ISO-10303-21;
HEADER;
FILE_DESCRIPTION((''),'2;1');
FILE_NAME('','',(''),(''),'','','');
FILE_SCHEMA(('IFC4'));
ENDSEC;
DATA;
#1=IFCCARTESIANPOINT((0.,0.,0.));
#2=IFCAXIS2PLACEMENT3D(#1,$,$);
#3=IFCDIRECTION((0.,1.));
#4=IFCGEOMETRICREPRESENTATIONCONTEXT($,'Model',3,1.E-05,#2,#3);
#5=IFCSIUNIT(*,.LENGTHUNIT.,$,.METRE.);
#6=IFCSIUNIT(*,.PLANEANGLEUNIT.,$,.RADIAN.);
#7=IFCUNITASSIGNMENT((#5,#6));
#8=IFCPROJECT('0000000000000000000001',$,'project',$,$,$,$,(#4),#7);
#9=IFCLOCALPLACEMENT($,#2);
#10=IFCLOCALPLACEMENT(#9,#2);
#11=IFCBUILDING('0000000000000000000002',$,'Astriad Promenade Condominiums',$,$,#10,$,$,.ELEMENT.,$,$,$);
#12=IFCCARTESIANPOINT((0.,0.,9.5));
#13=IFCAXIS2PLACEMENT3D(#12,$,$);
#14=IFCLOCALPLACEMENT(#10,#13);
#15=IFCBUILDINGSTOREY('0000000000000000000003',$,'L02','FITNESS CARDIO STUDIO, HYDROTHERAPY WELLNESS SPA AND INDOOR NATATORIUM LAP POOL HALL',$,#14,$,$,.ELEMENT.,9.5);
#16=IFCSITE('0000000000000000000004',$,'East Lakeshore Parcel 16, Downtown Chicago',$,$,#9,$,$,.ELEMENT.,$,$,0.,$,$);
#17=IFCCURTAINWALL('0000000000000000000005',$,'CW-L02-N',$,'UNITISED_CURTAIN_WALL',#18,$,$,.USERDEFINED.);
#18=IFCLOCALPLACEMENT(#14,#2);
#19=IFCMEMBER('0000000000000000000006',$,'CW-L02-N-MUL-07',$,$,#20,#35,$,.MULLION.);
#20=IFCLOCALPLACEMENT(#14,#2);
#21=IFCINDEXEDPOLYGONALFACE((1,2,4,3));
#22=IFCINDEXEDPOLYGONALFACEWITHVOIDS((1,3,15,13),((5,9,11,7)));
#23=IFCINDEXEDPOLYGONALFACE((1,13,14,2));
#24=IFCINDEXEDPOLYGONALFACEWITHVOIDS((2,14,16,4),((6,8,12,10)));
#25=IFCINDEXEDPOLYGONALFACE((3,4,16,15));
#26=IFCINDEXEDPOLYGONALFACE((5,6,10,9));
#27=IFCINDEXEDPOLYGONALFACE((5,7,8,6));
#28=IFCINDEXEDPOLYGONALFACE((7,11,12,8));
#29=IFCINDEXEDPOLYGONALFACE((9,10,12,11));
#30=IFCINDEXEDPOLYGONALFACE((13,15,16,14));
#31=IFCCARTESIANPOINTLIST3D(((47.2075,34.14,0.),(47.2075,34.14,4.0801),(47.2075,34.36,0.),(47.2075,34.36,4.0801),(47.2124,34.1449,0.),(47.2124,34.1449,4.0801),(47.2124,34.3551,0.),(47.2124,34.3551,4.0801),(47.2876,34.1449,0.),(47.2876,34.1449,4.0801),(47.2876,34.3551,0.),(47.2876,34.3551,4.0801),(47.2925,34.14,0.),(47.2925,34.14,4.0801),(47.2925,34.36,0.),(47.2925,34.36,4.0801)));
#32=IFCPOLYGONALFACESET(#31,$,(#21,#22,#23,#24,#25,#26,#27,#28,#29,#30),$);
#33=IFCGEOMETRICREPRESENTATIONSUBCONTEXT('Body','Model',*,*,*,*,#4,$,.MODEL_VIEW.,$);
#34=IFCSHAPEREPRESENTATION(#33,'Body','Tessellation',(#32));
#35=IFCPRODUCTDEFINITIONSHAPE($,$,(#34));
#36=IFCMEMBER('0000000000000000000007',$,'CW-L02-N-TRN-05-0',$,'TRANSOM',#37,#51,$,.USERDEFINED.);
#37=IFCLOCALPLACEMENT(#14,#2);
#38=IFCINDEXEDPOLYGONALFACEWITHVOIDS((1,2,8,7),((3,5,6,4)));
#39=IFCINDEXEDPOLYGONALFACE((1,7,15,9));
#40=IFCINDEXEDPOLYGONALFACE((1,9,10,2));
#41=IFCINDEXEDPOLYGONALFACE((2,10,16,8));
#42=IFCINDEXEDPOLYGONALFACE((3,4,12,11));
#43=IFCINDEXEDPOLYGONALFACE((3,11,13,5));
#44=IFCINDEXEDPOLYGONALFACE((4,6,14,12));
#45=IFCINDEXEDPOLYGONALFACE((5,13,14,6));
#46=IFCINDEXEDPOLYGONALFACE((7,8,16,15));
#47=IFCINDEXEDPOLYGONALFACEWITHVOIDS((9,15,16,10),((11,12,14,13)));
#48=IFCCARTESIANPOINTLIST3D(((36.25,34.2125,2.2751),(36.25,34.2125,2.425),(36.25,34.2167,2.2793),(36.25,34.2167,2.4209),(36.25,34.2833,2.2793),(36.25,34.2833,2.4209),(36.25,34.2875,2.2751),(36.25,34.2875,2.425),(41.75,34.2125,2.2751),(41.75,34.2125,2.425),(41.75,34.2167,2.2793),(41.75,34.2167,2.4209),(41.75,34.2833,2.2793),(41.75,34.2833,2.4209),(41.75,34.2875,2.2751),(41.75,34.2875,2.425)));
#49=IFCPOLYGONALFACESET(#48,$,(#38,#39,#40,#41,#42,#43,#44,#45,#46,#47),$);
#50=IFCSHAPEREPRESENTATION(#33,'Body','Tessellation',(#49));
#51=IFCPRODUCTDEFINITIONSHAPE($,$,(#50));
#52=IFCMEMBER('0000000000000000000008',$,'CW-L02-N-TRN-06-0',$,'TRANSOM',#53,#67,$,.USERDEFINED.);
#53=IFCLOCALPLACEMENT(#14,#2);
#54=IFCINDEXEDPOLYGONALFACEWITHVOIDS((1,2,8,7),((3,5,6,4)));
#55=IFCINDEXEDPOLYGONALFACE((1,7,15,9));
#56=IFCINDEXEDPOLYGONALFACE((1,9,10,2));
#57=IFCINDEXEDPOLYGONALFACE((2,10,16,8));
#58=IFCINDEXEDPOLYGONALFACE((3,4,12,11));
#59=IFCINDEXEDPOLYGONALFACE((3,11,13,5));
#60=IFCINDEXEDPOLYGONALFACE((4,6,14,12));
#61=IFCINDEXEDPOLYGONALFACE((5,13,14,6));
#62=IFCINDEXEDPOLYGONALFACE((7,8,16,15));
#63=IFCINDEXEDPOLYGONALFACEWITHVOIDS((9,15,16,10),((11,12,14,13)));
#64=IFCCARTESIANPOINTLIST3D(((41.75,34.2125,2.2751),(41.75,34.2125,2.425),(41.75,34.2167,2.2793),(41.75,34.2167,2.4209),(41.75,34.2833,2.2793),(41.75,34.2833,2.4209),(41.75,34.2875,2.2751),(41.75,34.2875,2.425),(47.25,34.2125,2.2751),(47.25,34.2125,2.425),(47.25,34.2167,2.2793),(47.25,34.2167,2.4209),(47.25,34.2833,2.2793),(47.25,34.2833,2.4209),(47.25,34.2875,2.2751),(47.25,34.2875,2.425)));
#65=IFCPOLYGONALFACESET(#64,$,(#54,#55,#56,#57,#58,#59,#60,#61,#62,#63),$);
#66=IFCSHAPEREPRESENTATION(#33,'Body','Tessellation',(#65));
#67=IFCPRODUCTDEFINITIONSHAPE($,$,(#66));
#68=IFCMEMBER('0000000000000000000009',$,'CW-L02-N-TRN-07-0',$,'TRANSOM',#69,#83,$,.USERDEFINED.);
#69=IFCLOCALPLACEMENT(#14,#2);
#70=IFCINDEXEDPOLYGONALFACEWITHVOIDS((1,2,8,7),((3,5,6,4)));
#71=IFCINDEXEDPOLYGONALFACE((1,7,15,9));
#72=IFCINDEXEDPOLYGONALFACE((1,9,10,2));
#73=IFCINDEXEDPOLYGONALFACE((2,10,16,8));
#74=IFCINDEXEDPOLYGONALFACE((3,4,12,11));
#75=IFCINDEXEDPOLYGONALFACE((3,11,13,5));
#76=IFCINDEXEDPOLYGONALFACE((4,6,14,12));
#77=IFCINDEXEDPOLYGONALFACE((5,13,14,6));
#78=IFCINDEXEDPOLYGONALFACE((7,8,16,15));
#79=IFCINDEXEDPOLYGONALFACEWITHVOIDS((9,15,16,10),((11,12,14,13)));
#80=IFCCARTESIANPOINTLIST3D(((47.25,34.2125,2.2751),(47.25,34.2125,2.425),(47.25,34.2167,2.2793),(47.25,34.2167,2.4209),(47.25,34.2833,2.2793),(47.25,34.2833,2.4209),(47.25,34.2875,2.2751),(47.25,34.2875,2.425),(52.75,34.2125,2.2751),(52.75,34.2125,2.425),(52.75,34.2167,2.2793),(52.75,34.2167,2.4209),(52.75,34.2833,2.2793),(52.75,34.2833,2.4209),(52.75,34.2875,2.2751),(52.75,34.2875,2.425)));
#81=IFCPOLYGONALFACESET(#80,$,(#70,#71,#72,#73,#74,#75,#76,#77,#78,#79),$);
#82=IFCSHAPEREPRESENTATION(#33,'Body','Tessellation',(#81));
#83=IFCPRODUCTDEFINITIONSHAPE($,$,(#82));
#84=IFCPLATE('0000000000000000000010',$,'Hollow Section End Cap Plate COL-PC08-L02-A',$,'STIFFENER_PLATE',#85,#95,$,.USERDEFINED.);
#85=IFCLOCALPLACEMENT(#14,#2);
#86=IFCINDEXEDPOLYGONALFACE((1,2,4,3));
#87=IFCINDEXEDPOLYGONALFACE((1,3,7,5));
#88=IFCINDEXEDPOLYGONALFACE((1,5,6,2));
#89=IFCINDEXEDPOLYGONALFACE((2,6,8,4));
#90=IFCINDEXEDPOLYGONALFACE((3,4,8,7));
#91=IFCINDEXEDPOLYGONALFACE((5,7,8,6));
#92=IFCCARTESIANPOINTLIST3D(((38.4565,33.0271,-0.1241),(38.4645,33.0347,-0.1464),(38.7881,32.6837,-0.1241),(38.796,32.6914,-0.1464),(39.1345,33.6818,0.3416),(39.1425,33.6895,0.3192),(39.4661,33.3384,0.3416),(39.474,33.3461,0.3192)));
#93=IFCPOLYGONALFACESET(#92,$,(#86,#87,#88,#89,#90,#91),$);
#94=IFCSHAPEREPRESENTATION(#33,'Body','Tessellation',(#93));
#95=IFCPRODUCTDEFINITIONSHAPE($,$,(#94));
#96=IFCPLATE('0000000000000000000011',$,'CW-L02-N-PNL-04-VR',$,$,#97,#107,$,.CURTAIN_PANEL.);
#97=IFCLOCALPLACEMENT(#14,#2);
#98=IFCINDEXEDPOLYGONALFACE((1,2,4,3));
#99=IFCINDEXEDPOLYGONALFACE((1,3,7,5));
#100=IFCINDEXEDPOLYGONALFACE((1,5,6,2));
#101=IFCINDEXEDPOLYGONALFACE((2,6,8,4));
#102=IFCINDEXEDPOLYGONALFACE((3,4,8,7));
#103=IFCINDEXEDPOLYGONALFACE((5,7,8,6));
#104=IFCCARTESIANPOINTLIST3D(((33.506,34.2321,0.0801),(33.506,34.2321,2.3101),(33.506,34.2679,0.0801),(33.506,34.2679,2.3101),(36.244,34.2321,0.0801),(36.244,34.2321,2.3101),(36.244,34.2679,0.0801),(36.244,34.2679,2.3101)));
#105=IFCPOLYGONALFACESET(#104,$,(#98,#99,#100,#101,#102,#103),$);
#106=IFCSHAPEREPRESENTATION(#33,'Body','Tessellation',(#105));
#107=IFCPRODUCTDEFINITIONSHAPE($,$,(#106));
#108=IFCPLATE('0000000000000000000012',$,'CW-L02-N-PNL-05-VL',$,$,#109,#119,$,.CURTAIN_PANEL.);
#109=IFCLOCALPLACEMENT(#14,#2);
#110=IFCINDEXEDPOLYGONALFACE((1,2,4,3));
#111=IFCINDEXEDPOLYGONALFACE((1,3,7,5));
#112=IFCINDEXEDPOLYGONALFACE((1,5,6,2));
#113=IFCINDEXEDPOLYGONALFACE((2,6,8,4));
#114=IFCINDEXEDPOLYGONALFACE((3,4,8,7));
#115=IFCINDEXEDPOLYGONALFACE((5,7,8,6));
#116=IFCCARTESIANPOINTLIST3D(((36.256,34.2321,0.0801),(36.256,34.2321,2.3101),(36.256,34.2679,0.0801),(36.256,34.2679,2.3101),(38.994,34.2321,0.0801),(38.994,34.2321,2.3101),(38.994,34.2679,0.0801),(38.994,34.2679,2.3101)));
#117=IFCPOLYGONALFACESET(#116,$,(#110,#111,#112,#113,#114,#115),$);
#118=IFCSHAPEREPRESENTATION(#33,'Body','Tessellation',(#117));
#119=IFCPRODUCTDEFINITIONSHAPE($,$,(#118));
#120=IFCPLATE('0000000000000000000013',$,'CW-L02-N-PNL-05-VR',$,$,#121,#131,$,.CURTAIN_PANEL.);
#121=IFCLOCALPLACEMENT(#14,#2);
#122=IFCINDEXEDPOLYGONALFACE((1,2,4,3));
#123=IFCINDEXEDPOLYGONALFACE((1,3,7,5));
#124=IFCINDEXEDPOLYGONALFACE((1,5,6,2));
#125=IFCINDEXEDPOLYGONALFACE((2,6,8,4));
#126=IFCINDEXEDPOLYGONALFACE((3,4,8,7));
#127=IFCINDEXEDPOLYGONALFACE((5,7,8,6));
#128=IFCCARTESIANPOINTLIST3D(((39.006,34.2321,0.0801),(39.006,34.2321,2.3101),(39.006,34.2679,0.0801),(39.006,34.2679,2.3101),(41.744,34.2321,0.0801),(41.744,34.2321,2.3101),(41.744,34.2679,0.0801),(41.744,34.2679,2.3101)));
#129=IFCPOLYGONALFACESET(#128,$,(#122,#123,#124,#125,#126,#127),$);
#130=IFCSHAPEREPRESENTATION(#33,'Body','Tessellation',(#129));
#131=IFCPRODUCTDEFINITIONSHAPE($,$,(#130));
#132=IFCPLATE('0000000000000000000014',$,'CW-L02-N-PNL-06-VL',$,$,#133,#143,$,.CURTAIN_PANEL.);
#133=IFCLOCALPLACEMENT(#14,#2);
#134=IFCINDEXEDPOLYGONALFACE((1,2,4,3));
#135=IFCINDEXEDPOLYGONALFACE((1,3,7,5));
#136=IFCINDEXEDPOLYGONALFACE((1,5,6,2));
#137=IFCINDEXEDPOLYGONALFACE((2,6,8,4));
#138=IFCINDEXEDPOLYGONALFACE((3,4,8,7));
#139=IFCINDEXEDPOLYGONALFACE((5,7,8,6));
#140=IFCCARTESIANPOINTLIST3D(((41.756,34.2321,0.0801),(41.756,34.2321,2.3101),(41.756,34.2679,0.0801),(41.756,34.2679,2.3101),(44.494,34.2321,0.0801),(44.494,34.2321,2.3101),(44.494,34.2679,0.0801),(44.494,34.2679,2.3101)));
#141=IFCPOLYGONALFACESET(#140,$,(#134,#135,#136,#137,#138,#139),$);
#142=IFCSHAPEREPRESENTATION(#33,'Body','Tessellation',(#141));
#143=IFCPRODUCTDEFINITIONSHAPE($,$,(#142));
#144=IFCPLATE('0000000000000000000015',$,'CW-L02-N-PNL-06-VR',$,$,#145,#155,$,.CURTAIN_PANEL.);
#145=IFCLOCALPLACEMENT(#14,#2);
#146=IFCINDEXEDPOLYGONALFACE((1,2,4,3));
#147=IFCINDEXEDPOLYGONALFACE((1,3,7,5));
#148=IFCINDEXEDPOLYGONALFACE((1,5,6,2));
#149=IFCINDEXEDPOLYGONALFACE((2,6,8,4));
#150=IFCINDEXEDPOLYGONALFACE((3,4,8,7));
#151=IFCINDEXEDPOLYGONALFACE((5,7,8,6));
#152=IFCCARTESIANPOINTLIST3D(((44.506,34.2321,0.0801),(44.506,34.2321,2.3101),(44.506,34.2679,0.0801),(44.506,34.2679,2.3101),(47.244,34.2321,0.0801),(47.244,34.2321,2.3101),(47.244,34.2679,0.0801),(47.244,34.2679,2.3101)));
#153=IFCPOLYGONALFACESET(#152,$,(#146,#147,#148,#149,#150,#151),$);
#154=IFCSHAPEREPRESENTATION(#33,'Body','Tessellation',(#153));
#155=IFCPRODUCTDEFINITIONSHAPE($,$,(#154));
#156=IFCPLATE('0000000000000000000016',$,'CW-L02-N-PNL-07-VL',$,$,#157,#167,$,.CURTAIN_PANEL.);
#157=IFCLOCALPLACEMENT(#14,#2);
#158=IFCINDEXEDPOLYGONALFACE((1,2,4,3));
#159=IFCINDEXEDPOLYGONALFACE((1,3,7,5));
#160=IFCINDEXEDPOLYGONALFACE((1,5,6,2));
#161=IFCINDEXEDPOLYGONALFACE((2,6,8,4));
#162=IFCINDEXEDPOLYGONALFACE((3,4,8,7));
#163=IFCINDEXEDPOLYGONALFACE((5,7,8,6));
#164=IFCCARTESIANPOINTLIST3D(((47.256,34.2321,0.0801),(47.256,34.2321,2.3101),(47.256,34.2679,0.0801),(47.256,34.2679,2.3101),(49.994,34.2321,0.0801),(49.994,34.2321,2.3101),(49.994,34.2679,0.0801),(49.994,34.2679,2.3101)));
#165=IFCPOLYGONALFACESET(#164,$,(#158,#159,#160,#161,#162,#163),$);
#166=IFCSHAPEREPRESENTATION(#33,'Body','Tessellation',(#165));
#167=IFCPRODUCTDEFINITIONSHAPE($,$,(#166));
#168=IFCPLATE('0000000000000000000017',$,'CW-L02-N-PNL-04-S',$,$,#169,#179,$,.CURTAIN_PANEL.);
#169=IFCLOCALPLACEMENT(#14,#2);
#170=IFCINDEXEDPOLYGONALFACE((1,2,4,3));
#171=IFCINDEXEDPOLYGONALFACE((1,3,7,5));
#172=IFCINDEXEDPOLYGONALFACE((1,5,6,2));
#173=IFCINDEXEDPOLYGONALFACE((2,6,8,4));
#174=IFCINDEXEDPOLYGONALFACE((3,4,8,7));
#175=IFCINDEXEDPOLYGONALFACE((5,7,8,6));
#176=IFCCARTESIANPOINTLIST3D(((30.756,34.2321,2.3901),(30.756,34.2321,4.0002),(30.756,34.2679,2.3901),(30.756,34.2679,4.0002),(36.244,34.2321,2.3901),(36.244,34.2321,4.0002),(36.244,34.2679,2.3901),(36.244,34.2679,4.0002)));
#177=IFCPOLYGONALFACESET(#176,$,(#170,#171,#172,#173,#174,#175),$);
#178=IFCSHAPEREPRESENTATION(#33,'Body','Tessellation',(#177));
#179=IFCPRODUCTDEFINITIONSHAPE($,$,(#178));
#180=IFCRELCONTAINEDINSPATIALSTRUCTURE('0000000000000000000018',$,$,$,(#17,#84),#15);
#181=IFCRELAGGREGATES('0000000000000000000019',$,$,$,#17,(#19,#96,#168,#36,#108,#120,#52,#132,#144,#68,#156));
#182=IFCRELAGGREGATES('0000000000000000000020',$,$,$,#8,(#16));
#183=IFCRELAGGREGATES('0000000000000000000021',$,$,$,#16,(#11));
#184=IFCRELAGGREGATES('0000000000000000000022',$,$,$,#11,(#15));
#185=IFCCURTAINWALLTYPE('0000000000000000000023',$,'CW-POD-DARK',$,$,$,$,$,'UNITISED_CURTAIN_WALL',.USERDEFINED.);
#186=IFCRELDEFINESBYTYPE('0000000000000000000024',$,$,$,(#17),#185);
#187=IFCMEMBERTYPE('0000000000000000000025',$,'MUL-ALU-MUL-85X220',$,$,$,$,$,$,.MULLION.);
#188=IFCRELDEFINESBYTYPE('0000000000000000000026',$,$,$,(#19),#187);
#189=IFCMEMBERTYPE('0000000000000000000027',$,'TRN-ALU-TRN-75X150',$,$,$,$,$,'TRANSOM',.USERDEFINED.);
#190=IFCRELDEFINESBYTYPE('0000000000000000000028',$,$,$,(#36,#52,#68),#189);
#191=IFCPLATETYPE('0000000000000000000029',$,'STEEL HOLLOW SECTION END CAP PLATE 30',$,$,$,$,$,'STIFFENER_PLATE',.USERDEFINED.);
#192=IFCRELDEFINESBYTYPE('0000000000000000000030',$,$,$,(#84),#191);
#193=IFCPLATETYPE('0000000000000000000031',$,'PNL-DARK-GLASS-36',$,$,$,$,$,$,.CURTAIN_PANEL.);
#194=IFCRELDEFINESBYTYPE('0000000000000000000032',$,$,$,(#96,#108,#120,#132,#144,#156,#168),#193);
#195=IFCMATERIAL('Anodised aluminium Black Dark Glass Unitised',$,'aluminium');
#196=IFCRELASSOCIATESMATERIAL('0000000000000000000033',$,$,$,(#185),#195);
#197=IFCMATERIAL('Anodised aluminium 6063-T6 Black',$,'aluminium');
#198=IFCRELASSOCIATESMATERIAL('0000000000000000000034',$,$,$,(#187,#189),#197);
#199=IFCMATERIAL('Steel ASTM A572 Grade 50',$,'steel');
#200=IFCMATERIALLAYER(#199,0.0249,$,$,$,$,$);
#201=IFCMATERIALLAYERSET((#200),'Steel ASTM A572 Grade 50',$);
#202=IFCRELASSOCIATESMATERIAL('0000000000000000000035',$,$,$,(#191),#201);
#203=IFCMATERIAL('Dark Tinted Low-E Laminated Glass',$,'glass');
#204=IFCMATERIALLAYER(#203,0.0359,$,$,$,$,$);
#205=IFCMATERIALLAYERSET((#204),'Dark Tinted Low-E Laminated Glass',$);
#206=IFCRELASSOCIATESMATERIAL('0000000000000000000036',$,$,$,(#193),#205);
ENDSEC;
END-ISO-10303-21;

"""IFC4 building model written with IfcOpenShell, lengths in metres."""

from ifc_helpers import new_model, si_unit, direction, frame, origin, origin_2d, place, context, subcontext, project, spatial, rectangle, hollow_rectangle, extrude, source, transform, mapped, material, layer, layer_set, material_profile, profile_set, type_object, type_shapes, element, aggregate, save


model = new_model("IFC4")

# Units and contexts
model_context = context("Model", 3, precision=1e-05, world=origin(), true_north=direction((0.0, 1.0)))
body_context = subcontext(model_context, "Body", "Model", "MODEL_VIEW")
ifc_project = project(units=[si_unit("LENGTHUNIT", "METRE"), si_unit("PLANEANGLEUNIT", "RADIAN")], contexts=[model_context])

# Site, building, storey
site_placement = place(None, origin())
site = spatial("IfcSite", under=ifc_project, at=site_placement, Name="East Lakeshore Parcel 16, Downtown Chicago", CompositionType="ELEMENT", RefElevation=0.0)
building_placement = place(site_placement, origin())
building = spatial("IfcBuilding", under=site, at=building_placement, Name="Astriad Promenade Condominiums", CompositionType="ELEMENT")
storey_placement = place(building_placement, frame((0.0, 0.0, 9.5)))
storey = spatial("IfcBuildingStorey", under=building, at=storey_placement, Name="L02", Description="FITNESS CARDIO STUDIO, HYDROTHERAPY WELLNESS SPA AND INDOOR NATATORIUM LAP POOL HALL", CompositionType="ELEMENT", Elevation=9.5)

# Curtain wall, members
ifc_material_1 = material(Name="Anodised aluminium Black Dark Glass Unitised", Category="aluminium")
curtain_wall_type = type_object("IfcCurtainWallType", Name="CW-POD-DARK", ElementType="UNITISED_CURTAIN_WALL", PredefinedType="USERDEFINED", material=ifc_material_1)
curtain_wall_placement = place(storey_placement, origin())
curtain_wall = element("IfcCurtainWall", 1, at=curtain_wall_placement, inside=storey, type_object=curtain_wall_type, Name="CW-L02-N", ObjectType="UNITISED_CURTAIN_WALL", PredefinedType="USERDEFINED")
ifc_material_2 = material(Name="Anodised aluminium 6063-T6 Black", Category="aluminium")
ifc_material_profile_1 = material_profile(ifc_material_2, hollow_rectangle(XDim=0.085, YDim=0.22, WallThickness=0.0049, at=origin_2d()), Name="ALU-MUL-85X220")
ifc_profile_set_1 = profile_set([ifc_material_profile_1], Name="Anodised aluminium 6063-T6 Black")
member_type_1 = type_object("IfcMemberType", Name="MUL-ALU-MUL-85X220", PredefinedType="MULLION", material=ifc_profile_set_1)
shared_shape_1 = source(origin(), body_context, "Body", "SweptSolid", [
    extrude(hollow_rectangle(XDim=0.085, YDim=0.22, WallThickness=0.0049, at=origin_2d()), origin(), (0.0, 0.0, 1.0), 4.0801),
])
type_shapes(member_type_1, [shared_shape_1])
member_1_placement = place(storey_placement, frame((47.25, 34.25, 0.0), z_axis=(0.0, 0.0, 1.0), x_axis=(1.0, 0.0, 0.0)))
member_1 = element("IfcMember", 2, at=member_1_placement, type_object=member_type_1, Name="CW-L02-N-MUL-07", PredefinedType="MULLION", context=body_context, shape_type="MappedRepresentation", body=[
    mapped(shared_shape_1, transform((0.0, 0.0, 0.0), scale=1.0)),
])
ifc_material_profile_2 = material_profile(ifc_material_2, hollow_rectangle(XDim=0.075, YDim=0.1499, WallThickness=0.0042, at=origin_2d()), Name="ALU-TRN-75X150")
ifc_profile_set_2 = profile_set([ifc_material_profile_2], Name="Anodised aluminium 6063-T6 Black")
member_type_2 = type_object("IfcMemberType", Name="TRN-ALU-TRN-75X150", ElementType="TRANSOM", PredefinedType="USERDEFINED", material=ifc_profile_set_2)
shared_shape_2 = source(origin(), body_context, "Body", "SweptSolid", [
    extrude(hollow_rectangle(XDim=0.075, YDim=0.1499, WallThickness=0.0042, at=origin_2d()), origin(), (0.0, 0.0, 1.0), 5.5),
])
type_shapes(member_type_2, [shared_shape_2])
member_2_placement = place(storey_placement, frame((36.25, 34.25, 2.3501), z_axis=(1.0, 0.0, 0.0), x_axis=(0.0, 1.0, 0.0)))
member_2 = element("IfcMember", 3, at=member_2_placement, type_object=member_type_2, Name="CW-L02-N-TRN-05-0", ObjectType="TRANSOM", PredefinedType="USERDEFINED", context=body_context, shape_type="MappedRepresentation", body=[
    mapped(shared_shape_2, transform((0.0, 0.0, 0.0), scale=1.0)),
])
member_3_placement = place(storey_placement, frame((41.75, 34.25, 2.3501), z_axis=(1.0, 0.0, 0.0), x_axis=(0.0, 1.0, 0.0)))
member_3 = element("IfcMember", 4, at=member_3_placement, type_object=member_type_2, Name="CW-L02-N-TRN-06-0", ObjectType="TRANSOM", PredefinedType="USERDEFINED", context=body_context, shape_type="MappedRepresentation", body=[
    mapped(shared_shape_2, transform((0.0, 0.0, 0.0), scale=1.0)),
])
member_4_placement = place(storey_placement, frame((47.25, 34.25, 2.3501), z_axis=(1.0, 0.0, 0.0), x_axis=(0.0, 1.0, 0.0)))
member_4 = element("IfcMember", 5, at=member_4_placement, type_object=member_type_2, Name="CW-L02-N-TRN-07-0", ObjectType="TRANSOM", PredefinedType="USERDEFINED", context=body_context, shape_type="MappedRepresentation", body=[
    mapped(shared_shape_2, transform((0.0, 0.0, 0.0), scale=1.0)),
])

# Plates
ifc_material_3 = material(Name="Steel ASTM A572 Grade 50", Category="steel")
ifc_layer_1 = layer(ifc_material_3, 0.0249)
ifc_layer_set_1 = layer_set([ifc_layer_1], Name="Steel ASTM A572 Grade 50")
plate_type_1 = type_object("IfcPlateType", Name="STEEL HOLLOW SECTION END CAP PLATE 30", ElementType="STIFFENER_PLATE", PredefinedType="USERDEFINED", material=ifc_layer_set_1)
shared_shape_3 = source(origin(), body_context, "Body", "SweptSolid", [
    extrude(rectangle(XDim=0.4773, YDim=1.0513, at=origin_2d()), origin(), (0.0, 0.0, 1.0), 0.0249),
])
type_shapes(plate_type_1, [shared_shape_3])
plate_1_placement = place(storey_placement, frame((38.9692, 33.1904, 0.0864), z_axis=(-0.318617, -0.30766, 0.896565), x_axis=(0.69463, -0.719367, 0.0)))
element("IfcPlate", 6, at=plate_1_placement, inside=storey, type_object=plate_type_1, Name="Hollow Section End Cap Plate COL-PC08-L02-A", ObjectType="STIFFENER_PLATE", PredefinedType="USERDEFINED", context=body_context, shape_type="MappedRepresentation", body=[
    mapped(shared_shape_3, transform((0.0, 0.0, 0.0), scale=1.0)),
])
ifc_material_4 = material(Name="Dark Tinted Low-E Laminated Glass", Category="glass")
ifc_layer_2 = layer(ifc_material_4, 0.0359)
ifc_layer_set_2 = layer_set([ifc_layer_2], Name="Dark Tinted Low-E Laminated Glass")
plate_type_2 = type_object("IfcPlateType", Name="PNL-DARK-GLASS-36", PredefinedType="CURTAIN_PANEL", material=ifc_layer_set_2)
shared_shape_4 = source(origin(), body_context, "Body", "SweptSolid", [
    extrude(rectangle(XDim=2.738, YDim=0.0359, at=origin_2d()), origin(), (0.0, 0.0, 1.0), 2.23),
])
plate_2_placement = place(storey_placement, frame((34.875, 34.25, 0.0801), z_axis=(0.0, 0.0, 1.0), x_axis=(1.0, 0.0, 0.0)))
plate_2 = element("IfcPlate", 7, at=plate_2_placement, type_object=plate_type_2, Name="CW-L02-N-PNL-04-VR", PredefinedType="CURTAIN_PANEL", context=body_context, shape_type="MappedRepresentation", body=[
    mapped(shared_shape_4, transform((0.0, 0.0, 0.0), scale=1.0)),
])
plate_3_placement = place(storey_placement, frame((37.625, 34.25, 0.0801), z_axis=(0.0, 0.0, 1.0), x_axis=(1.0, 0.0, 0.0)))
plate_3 = element("IfcPlate", 8, at=plate_3_placement, type_object=plate_type_2, Name="CW-L02-N-PNL-05-VL", PredefinedType="CURTAIN_PANEL", context=body_context, shape_type="MappedRepresentation", body=[
    mapped(shared_shape_4, transform((0.0, 0.0, 0.0), scale=1.0)),
])
plate_4_placement = place(storey_placement, frame((40.375, 34.25, 0.0801), z_axis=(0.0, 0.0, 1.0), x_axis=(1.0, 0.0, 0.0)))
plate_4 = element("IfcPlate", 9, at=plate_4_placement, type_object=plate_type_2, Name="CW-L02-N-PNL-05-VR", PredefinedType="CURTAIN_PANEL", context=body_context, shape_type="MappedRepresentation", body=[
    mapped(shared_shape_4, transform((0.0, 0.0, 0.0), scale=1.0)),
])
plate_5_placement = place(storey_placement, frame((43.125, 34.25, 0.0801), z_axis=(0.0, 0.0, 1.0), x_axis=(1.0, 0.0, 0.0)))
plate_5 = element("IfcPlate", 10, at=plate_5_placement, type_object=plate_type_2, Name="CW-L02-N-PNL-06-VL", PredefinedType="CURTAIN_PANEL", context=body_context, shape_type="MappedRepresentation", body=[
    mapped(shared_shape_4, transform((0.0, 0.0, 0.0), scale=1.0)),
])
plate_6_placement = place(storey_placement, frame((45.875, 34.25, 0.0801), z_axis=(0.0, 0.0, 1.0), x_axis=(1.0, 0.0, 0.0)))
plate_6 = element("IfcPlate", 11, at=plate_6_placement, type_object=plate_type_2, Name="CW-L02-N-PNL-06-VR", PredefinedType="CURTAIN_PANEL", context=body_context, shape_type="MappedRepresentation", body=[
    mapped(shared_shape_4, transform((0.0, 0.0, 0.0), scale=1.0)),
])
plate_7_placement = place(storey_placement, frame((48.625, 34.25, 0.0801), z_axis=(0.0, 0.0, 1.0), x_axis=(1.0, 0.0, 0.0)))
plate_7 = element("IfcPlate", 12, at=plate_7_placement, type_object=plate_type_2, Name="CW-L02-N-PNL-07-VL", PredefinedType="CURTAIN_PANEL", context=body_context, shape_type="MappedRepresentation", body=[
    mapped(shared_shape_4, transform((0.0, 0.0, 0.0), scale=1.0)),
])
shared_shape_5 = source(origin(), body_context, "Body", "SweptSolid", [
    extrude(rectangle(XDim=5.488, YDim=0.0359, at=origin_2d()), origin(), (0.0, 0.0, 1.0), 1.6101),
])
type_shapes(plate_type_2, [shared_shape_4, shared_shape_5])
plate_8_placement = place(storey_placement, frame((33.5, 34.25, 2.3901), z_axis=(0.0, 0.0, 1.0), x_axis=(1.0, 0.0, 0.0)))
plate_8 = element("IfcPlate", 13, at=plate_8_placement, type_object=plate_type_2, Name="CW-L02-N-PNL-04-S", PredefinedType="CURTAIN_PANEL", context=body_context, shape_type="MappedRepresentation", body=[
    mapped(shared_shape_5, transform((0.0, 0.0, 0.0), scale=1.0)),
])
aggregate(curtain_wall, [member_1, plate_2, plate_8, member_2, plate_3, plate_4, member_3, plate_5, plate_6, member_4, plate_7])

save(model, "model.ifc")
